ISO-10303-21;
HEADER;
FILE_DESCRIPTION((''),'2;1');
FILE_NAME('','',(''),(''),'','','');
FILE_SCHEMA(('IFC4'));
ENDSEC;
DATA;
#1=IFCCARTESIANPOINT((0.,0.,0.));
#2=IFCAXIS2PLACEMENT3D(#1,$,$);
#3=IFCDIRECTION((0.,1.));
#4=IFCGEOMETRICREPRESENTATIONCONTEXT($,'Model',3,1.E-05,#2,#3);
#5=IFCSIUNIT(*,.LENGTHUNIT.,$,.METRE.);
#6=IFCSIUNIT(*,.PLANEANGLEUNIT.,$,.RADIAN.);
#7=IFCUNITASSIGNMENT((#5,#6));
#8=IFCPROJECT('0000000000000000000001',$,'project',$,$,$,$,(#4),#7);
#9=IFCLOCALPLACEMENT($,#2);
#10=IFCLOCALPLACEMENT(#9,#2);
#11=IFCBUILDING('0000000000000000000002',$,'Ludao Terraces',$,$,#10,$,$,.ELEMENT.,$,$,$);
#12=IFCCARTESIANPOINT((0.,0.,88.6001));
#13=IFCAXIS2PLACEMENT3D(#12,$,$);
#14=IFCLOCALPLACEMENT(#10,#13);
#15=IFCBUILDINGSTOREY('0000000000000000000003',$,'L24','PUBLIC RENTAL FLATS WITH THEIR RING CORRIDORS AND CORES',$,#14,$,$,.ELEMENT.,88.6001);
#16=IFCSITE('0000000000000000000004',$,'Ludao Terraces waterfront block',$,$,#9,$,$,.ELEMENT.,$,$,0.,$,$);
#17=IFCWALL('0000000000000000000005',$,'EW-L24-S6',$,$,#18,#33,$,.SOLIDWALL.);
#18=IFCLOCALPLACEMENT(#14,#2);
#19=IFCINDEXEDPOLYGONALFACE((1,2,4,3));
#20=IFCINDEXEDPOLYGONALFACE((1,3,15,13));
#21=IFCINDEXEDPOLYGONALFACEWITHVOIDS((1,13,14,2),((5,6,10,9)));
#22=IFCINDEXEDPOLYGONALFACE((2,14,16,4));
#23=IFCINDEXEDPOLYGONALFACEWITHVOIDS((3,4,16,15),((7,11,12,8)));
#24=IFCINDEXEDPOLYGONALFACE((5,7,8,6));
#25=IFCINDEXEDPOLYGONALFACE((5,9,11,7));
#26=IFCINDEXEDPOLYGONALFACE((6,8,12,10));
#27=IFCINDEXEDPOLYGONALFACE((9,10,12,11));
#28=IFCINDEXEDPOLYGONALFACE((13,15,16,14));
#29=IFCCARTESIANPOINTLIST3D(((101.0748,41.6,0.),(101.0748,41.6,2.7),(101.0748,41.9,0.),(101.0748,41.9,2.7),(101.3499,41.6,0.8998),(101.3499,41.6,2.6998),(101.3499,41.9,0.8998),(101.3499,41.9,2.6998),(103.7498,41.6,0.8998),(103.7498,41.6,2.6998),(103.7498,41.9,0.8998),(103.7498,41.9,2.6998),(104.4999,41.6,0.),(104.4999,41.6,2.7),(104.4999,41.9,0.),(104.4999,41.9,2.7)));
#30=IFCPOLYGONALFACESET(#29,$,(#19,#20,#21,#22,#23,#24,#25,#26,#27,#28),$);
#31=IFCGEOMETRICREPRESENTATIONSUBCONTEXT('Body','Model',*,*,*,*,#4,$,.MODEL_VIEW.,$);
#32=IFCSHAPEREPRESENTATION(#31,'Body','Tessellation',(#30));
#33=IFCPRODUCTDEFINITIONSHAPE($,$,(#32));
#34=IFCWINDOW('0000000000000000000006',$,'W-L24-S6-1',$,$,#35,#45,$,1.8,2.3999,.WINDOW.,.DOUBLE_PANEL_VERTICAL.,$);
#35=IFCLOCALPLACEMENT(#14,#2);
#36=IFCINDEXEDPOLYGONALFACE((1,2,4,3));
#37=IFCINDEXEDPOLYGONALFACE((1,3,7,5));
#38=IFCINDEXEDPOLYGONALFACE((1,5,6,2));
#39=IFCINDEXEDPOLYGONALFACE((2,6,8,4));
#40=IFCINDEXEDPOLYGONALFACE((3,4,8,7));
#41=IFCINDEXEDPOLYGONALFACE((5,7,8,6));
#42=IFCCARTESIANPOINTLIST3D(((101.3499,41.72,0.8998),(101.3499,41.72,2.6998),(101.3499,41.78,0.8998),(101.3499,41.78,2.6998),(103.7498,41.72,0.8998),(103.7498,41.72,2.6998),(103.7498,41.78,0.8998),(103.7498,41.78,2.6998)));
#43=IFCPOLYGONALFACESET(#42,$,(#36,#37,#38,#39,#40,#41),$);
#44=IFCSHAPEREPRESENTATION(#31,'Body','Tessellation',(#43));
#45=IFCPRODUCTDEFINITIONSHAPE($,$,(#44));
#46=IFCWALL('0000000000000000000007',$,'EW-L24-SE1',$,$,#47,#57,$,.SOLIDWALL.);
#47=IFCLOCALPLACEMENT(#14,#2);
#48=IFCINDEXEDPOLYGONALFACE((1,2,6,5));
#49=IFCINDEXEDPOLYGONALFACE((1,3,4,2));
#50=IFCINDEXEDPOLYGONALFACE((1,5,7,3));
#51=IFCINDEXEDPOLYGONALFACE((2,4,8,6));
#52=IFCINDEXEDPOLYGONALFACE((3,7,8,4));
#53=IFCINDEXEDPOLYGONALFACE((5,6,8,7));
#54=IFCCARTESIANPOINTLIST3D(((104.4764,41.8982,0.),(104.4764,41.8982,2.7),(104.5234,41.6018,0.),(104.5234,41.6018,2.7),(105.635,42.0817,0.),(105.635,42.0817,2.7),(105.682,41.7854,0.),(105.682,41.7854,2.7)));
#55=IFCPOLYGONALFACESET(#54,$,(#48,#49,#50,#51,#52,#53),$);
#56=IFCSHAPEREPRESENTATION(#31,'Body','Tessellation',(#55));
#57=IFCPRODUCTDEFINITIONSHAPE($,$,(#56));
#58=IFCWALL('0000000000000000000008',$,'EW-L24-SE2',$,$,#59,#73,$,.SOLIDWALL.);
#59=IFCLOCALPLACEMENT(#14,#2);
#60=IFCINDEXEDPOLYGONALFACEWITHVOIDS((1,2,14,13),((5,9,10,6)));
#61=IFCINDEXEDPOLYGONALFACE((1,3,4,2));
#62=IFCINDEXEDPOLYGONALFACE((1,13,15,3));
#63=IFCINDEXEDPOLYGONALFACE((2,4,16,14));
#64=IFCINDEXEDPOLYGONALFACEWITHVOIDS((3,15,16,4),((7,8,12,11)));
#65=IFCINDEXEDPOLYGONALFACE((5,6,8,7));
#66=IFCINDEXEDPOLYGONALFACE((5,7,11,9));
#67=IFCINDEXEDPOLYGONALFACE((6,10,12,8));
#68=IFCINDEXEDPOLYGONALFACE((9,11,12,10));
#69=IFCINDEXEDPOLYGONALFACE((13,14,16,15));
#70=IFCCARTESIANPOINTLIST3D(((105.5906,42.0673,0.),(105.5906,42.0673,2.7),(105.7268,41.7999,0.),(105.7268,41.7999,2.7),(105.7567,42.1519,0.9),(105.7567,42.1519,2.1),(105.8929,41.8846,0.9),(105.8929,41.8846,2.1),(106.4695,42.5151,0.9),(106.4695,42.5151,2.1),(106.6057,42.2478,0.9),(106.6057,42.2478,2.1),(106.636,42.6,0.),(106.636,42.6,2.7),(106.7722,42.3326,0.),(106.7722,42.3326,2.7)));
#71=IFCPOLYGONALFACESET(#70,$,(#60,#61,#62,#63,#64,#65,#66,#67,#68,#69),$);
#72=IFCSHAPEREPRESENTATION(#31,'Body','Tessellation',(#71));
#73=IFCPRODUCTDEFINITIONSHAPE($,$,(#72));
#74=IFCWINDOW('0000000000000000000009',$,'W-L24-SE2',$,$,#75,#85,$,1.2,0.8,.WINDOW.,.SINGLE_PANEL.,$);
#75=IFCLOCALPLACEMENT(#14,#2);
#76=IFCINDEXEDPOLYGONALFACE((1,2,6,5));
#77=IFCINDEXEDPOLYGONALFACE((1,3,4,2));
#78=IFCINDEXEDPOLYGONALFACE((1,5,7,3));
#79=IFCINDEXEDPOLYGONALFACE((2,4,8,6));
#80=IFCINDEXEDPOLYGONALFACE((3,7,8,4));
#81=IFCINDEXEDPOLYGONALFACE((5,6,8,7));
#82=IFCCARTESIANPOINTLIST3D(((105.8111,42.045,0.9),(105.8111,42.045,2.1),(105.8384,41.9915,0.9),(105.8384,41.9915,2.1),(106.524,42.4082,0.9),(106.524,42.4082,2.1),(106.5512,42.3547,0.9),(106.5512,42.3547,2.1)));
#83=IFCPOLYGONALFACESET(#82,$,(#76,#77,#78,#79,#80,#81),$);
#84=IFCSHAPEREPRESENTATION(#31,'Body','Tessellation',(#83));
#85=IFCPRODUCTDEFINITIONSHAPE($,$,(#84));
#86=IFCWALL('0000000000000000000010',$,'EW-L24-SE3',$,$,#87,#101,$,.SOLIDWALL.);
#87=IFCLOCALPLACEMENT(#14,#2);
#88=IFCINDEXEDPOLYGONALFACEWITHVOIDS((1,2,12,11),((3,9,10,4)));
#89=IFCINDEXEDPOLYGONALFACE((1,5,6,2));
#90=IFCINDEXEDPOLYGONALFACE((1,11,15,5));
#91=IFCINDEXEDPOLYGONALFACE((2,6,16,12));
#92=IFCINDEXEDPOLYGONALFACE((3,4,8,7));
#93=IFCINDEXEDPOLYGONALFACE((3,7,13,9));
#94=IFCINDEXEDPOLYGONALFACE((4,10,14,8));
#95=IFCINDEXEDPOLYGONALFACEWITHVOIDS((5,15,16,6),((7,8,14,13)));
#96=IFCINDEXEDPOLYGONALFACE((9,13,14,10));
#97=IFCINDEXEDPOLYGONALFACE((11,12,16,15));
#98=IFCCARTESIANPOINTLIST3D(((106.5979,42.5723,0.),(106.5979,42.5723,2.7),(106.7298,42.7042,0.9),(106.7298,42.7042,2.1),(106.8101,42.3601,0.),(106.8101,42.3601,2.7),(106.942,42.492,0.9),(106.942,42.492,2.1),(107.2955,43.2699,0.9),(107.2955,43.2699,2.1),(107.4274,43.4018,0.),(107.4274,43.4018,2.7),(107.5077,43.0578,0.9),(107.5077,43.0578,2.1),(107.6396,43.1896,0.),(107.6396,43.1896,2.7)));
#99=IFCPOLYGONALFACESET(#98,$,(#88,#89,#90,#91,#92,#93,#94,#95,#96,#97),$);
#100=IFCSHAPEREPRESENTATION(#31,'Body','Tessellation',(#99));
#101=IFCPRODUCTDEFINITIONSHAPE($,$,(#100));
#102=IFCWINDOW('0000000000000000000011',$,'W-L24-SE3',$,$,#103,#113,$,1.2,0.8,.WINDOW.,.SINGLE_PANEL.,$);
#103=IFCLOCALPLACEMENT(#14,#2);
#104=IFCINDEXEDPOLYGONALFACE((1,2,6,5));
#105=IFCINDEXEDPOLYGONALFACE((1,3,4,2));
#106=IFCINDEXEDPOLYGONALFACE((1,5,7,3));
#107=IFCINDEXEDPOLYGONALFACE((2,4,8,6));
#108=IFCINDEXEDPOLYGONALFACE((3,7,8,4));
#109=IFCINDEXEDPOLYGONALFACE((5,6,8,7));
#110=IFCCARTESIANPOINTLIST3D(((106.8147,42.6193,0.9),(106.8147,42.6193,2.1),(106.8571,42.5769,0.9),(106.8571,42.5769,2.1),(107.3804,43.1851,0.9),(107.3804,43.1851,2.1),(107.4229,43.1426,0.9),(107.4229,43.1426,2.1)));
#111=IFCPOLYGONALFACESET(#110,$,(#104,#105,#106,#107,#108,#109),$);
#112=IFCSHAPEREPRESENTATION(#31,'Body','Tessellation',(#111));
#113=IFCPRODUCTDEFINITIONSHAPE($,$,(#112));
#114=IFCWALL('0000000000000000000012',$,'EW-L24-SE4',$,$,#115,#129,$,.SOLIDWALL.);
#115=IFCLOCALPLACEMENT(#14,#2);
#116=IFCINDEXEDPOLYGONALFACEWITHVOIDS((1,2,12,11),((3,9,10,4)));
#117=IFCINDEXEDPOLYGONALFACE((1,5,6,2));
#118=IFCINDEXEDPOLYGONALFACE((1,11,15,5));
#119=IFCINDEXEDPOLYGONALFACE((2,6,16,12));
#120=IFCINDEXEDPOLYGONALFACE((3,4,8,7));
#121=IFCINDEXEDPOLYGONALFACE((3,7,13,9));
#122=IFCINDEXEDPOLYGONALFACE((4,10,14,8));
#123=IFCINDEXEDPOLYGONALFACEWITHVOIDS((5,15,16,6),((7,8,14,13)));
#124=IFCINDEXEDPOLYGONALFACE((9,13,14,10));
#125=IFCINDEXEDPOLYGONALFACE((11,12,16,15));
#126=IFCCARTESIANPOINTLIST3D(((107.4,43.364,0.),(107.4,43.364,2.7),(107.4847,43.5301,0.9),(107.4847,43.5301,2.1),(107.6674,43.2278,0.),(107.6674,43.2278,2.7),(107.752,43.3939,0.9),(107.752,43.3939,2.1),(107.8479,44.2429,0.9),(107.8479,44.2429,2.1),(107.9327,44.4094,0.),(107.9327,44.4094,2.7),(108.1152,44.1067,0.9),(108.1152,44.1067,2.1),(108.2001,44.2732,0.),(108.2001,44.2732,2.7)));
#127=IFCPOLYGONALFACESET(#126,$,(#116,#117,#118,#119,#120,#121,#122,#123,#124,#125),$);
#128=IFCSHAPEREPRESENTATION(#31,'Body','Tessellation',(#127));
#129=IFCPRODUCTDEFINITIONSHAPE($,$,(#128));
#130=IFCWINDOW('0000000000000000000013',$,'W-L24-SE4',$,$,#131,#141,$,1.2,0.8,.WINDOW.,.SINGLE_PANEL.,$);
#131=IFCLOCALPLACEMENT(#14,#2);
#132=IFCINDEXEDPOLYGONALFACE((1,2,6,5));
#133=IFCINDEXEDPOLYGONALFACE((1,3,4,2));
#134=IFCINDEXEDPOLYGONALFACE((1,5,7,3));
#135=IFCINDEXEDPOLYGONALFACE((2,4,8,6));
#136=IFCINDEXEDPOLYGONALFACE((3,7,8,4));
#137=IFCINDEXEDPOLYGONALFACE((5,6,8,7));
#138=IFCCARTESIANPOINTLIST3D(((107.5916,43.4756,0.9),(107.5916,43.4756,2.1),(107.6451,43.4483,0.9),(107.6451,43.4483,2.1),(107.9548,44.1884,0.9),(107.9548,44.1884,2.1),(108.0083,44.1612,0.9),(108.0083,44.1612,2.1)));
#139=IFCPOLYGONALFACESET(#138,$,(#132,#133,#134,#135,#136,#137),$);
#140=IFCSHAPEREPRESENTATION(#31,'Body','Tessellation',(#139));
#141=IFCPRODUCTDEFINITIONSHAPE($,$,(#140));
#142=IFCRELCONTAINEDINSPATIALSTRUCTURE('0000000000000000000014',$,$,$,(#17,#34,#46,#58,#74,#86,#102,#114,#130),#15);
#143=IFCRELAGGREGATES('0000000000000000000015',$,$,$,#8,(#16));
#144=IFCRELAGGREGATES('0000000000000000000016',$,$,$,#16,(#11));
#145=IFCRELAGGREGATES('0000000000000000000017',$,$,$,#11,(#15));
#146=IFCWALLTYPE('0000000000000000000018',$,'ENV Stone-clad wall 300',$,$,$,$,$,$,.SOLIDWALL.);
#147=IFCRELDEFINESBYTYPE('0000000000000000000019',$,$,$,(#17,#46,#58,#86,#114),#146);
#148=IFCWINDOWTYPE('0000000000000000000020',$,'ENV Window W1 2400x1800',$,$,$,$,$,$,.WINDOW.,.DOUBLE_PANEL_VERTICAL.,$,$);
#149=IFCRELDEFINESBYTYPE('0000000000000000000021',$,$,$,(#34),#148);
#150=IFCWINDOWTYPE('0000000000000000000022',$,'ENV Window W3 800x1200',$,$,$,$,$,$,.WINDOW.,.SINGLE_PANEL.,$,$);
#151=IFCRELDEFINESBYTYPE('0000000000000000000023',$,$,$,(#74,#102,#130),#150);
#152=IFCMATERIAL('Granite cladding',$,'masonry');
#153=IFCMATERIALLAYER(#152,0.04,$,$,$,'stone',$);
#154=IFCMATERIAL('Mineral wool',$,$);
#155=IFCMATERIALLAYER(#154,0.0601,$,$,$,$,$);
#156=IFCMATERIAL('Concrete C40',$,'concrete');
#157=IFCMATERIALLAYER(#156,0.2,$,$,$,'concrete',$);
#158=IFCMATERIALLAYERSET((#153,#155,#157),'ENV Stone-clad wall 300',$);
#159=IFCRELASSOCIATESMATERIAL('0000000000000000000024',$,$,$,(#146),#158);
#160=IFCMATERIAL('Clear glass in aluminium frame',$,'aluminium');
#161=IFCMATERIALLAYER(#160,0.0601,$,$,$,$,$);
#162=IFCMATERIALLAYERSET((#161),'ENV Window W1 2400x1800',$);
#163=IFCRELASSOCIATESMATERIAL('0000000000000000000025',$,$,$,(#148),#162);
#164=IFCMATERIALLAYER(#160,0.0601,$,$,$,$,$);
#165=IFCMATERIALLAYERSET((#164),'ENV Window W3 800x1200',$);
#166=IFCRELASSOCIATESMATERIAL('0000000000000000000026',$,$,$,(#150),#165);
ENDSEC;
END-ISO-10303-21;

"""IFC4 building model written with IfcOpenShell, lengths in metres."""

from ifc_helpers import new_model, si_unit, direction, frame, frame_2d, origin, place, context, subcontext, project, spatial, rectangle, extrude, material, layer, layer_set, type_object, element, fill, save


model = new_model("IFC4")

# Units and contexts
model_context = context("Model", 3, precision=1e-05, world=origin(), true_north=direction((0.0, 1.0)))
body_context = subcontext(model_context, "Body", "Model", "MODEL_VIEW")
ifc_project = project(units=[si_unit("LENGTHUNIT", "METRE"), si_unit("PLANEANGLEUNIT", "RADIAN")], contexts=[model_context])

# Site, building, storey
site_placement = place(None, origin())
site = spatial("IfcSite", under=ifc_project, at=site_placement, Name="Ludao Terraces waterfront block", CompositionType="ELEMENT", RefElevation=0.0)
building_placement = place(site_placement, origin())
building = spatial("IfcBuilding", under=site, at=building_placement, Name="Ludao Terraces", CompositionType="ELEMENT")
storey_placement = place(building_placement, frame((0.0, 0.0, 88.6001)))
storey = spatial("IfcBuildingStorey", under=building, at=storey_placement, Name="L24", Description="PUBLIC RENTAL FLATS WITH THEIR RING CORRIDORS AND CORES", CompositionType="ELEMENT", Elevation=88.6001)

# Wall, opening, window
ifc_material_1 = material(Name="Granite cladding", Category="masonry")
ifc_layer_1 = layer(ifc_material_1, 0.04, Category="stone")
ifc_material_2 = material(Name="Mineral wool")
ifc_layer_2 = layer(ifc_material_2, 0.0601)
ifc_material_3 = material(Name="Concrete C40", Category="concrete")
ifc_layer_3 = layer(ifc_material_3, 0.2, Category="concrete")
ifc_layer_set_1 = layer_set([ifc_layer_1, ifc_layer_2, ifc_layer_3], Name="ENV Stone-clad wall 300")
wall_type_1 = type_object("IfcWallType", Name="ENV Stone-clad wall 300", PredefinedType="SOLIDWALL", material=ifc_layer_set_1)
wall_1_placement = place(storey_placement, frame((101.075, 41.75, 0.0), z_axis=(0.0, 0.0, 1.0), x_axis=(1.0, 0.0, 0.0)))
wall_1 = element("IfcWall", 1, at=wall_1_placement, inside=storey, type_object=wall_type_1, Name="EW-L24-S6", PredefinedType="SOLIDWALL", context=body_context, shape_type="SweptSolid", body=[
    extrude(rectangle(XDim=3.425, YDim=0.3, at=frame_2d((1.7124, 0.0))), origin(), (0.0, 0.0, 1.0), 2.7),
])
opening_1_placement = place(wall_1_placement, frame((0.2749, 0.0, 0.8999)))
opening_1 = element("IfcOpeningElement", 2, at=opening_1_placement, cuts=wall_1, PredefinedType="OPENING", context=body_context, shape_type="SweptSolid", body=[
    extrude(rectangle(XDim=2.3999, YDim=1.8, at=frame_2d((1.2, 0.8999))), frame((0.0, 0.1602, 0.0), z_axis=(0.0, -1.0, 0.0), x_axis=(1.0, 0.0, 0.0)), (0.0, 0.0, 1.0), 0.3201),
])
ifc_material_4 = material(Name="Clear glass in aluminium frame", Category="aluminium")
ifc_layer_4 = layer(ifc_material_4, 0.0601)
ifc_layer_set_2 = layer_set([ifc_layer_4], Name="ENV Window W1 2400x1800")
window_type_1 = type_object("IfcWindowType", Name="ENV Window W1 2400x1800", PartitioningType="DOUBLE_PANEL_VERTICAL", PredefinedType="WINDOW", material=ifc_layer_set_2)
window_1_placement = place(opening_1_placement, origin())
window_1 = element("IfcWindow", 3, at=window_1_placement, inside=storey, type_object=window_type_1, Name="W-L24-S6-1", OverallHeight=1.8, OverallWidth=2.3999, PartitioningType="DOUBLE_PANEL_VERTICAL", PredefinedType="WINDOW", context=body_context, shape_type="SweptSolid", body=[
    extrude(rectangle(XDim=2.3999, YDim=1.8, at=frame_2d((1.2, 0.8999))), frame((0.0, 0.03, 0.0), z_axis=(0.0, -1.0, 0.0), x_axis=(1.0, 0.0, 0.0)), (0.0, 0.0, 1.0), 0.0601),
])
fill(opening_1, window_1)

# Wall
wall_2_placement = place(storey_placement, frame((104.5, 41.75, 0.0), z_axis=(0.0, 0.0, 1.0), x_axis=(0.987678, 0.156497, 0.0)))
element("IfcWall", 4, at=wall_2_placement, inside=storey, type_object=wall_type_1, Name="EW-L24-SE1", PredefinedType="SOLIDWALL", context=body_context, shape_type="SweptSolid", body=[
    extrude(rectangle(XDim=1.1731, YDim=0.3, at=frame_2d((0.5864, 0.0))), origin(), (0.0, 0.0, 1.0), 2.7),
])

# Walls, openings, windows
wall_3_placement = place(storey_placement, frame((105.6587, 41.9336, 0.0), z_axis=(0.0, 0.0, 1.0), x_axis=(0.890989, 0.454026, 0.0)))
wall_3 = element("IfcWall", 5, at=wall_3_placement, inside=storey, type_object=wall_type_1, Name="EW-L24-SE2", PredefinedType="SOLIDWALL", context=body_context, shape_type="SweptSolid", body=[
    extrude(rectangle(XDim=1.1733, YDim=0.3, at=frame_2d((0.5867, 0.0))), origin(), (0.0, 0.0, 1.0), 2.7),
])
opening_2_placement = place(wall_3_placement, frame((0.1865, 0.0, 0.8999)))
opening_2 = element("IfcOpeningElement", 6, at=opening_2_placement, cuts=wall_3, PredefinedType="OPENING", context=body_context, shape_type="SweptSolid", body=[
    extrude(rectangle(XDim=0.8, YDim=1.2, at=frame_2d((0.3999, 0.6001))), frame((0.0, 0.1602, 0.0), z_axis=(0.0, -1.0, 0.0), x_axis=(1.0, 0.0, 0.0)), (0.0, 0.0, 1.0), 0.3201),
])
ifc_layer_5 = layer(ifc_material_4, 0.0601)
ifc_layer_set_3 = layer_set([ifc_layer_5], Name="ENV Window W3 800x1200")
window_type_2 = type_object("IfcWindowType", Name="ENV Window W3 800x1200", PartitioningType="SINGLE_PANEL", PredefinedType="WINDOW", material=ifc_layer_set_3)
window_2_placement = place(opening_2_placement, origin())
window_2 = element("IfcWindow", 7, at=window_2_placement, inside=storey, type_object=window_type_2, Name="W-L24-SE2", OverallHeight=1.2, OverallWidth=0.8, PartitioningType="SINGLE_PANEL", PredefinedType="WINDOW", context=body_context, shape_type="SweptSolid", body=[
    extrude(rectangle(XDim=0.8, YDim=1.2, at=frame_2d((0.3999, 0.6001))), frame((0.0, 0.03, 0.0), z_axis=(0.0, -1.0, 0.0), x_axis=(1.0, 0.0, 0.0)), (0.0, 0.0, 1.0), 0.0601),
])
fill(opening_2, window_2)
wall_4_placement = place(storey_placement, frame((106.7041, 42.4663, 0.0), z_axis=(0.0, 0.0, 1.0), x_axis=(0.707107, 0.707107, 0.0)))
wall_4 = element("IfcWall", 8, at=wall_4_placement, inside=storey, type_object=wall_type_1, Name="EW-L24-SE3", PredefinedType="SOLIDWALL", context=body_context, shape_type="SweptSolid", body=[
    extrude(rectangle(XDim=1.1731, YDim=0.3, at=frame_2d((0.5864, 0.0))), origin(), (0.0, 0.0, 1.0), 2.7),
])
opening_3_placement = place(wall_4_placement, frame((0.1865, 0.0, 0.8999)))
opening_3 = element("IfcOpeningElement", 9, at=opening_3_placement, cuts=wall_4, PredefinedType="OPENING", context=body_context, shape_type="SweptSolid", body=[
    extrude(rectangle(XDim=0.8, YDim=1.2, at=frame_2d((0.3999, 0.6001))), frame((0.0, 0.1602, 0.0), z_axis=(0.0, -1.0, 0.0), x_axis=(1.0, 0.0, 0.0)), (0.0, 0.0, 1.0), 0.3201),
])
window_3_placement = place(opening_3_placement, origin())
window_3 = element("IfcWindow", 10, at=window_3_placement, inside=storey, type_object=window_type_2, Name="W-L24-SE3", OverallHeight=1.2, OverallWidth=0.8, PartitioningType="SINGLE_PANEL", PredefinedType="WINDOW", context=body_context, shape_type="SweptSolid", body=[
    extrude(rectangle(XDim=0.8, YDim=1.2, at=frame_2d((0.3999, 0.6001))), frame((0.0, 0.03, 0.0), z_axis=(0.0, -1.0, 0.0), x_axis=(1.0, 0.0, 0.0)), (0.0, 0.0, 1.0), 0.0601),
])
fill(opening_3, window_3)
wall_5_placement = place(storey_placement, frame((107.5337, 43.2959, 0.0), z_axis=(0.0, 0.0, 1.0), x_axis=(0.454026, 0.890989, 0.0)))
wall_5 = element("IfcWall", 11, at=wall_5_placement, inside=storey, type_object=wall_type_1, Name="EW-L24-SE4", PredefinedType="SOLIDWALL", context=body_context, shape_type="SweptSolid", body=[
    extrude(rectangle(XDim=1.1733, YDim=0.3, at=frame_2d((0.5867, 0.0))), origin(), (0.0, 0.0, 1.0), 2.7),
])
opening_4_placement = place(wall_5_placement, frame((0.1865, 0.0, 0.8999)))
opening_4 = element("IfcOpeningElement", 12, at=opening_4_placement, cuts=wall_5, PredefinedType="OPENING", context=body_context, shape_type="SweptSolid", body=[
    extrude(rectangle(XDim=0.8, YDim=1.2, at=frame_2d((0.3999, 0.6001))), frame((0.0, 0.1602, 0.0), z_axis=(0.0, -1.0, 0.0), x_axis=(1.0, 0.0, 0.0)), (0.0, 0.0, 1.0), 0.3201),
])
window_4_placement = place(opening_4_placement, origin())
window_4 = element("IfcWindow", 13, at=window_4_placement, inside=storey, type_object=window_type_2, Name="W-L24-SE4", OverallHeight=1.2, OverallWidth=0.8, PartitioningType="SINGLE_PANEL", PredefinedType="WINDOW", context=body_context, shape_type="SweptSolid", body=[
    extrude(rectangle(XDim=0.8, YDim=1.2, at=frame_2d((0.3999, 0.6001))), frame((0.0, 0.03, 0.0), z_axis=(0.0, -1.0, 0.0), x_axis=(1.0, 0.0, 0.0)), (0.0, 0.0, 1.0), 0.0601),
])
fill(opening_4, window_4)

save(model, "model.ifc")
